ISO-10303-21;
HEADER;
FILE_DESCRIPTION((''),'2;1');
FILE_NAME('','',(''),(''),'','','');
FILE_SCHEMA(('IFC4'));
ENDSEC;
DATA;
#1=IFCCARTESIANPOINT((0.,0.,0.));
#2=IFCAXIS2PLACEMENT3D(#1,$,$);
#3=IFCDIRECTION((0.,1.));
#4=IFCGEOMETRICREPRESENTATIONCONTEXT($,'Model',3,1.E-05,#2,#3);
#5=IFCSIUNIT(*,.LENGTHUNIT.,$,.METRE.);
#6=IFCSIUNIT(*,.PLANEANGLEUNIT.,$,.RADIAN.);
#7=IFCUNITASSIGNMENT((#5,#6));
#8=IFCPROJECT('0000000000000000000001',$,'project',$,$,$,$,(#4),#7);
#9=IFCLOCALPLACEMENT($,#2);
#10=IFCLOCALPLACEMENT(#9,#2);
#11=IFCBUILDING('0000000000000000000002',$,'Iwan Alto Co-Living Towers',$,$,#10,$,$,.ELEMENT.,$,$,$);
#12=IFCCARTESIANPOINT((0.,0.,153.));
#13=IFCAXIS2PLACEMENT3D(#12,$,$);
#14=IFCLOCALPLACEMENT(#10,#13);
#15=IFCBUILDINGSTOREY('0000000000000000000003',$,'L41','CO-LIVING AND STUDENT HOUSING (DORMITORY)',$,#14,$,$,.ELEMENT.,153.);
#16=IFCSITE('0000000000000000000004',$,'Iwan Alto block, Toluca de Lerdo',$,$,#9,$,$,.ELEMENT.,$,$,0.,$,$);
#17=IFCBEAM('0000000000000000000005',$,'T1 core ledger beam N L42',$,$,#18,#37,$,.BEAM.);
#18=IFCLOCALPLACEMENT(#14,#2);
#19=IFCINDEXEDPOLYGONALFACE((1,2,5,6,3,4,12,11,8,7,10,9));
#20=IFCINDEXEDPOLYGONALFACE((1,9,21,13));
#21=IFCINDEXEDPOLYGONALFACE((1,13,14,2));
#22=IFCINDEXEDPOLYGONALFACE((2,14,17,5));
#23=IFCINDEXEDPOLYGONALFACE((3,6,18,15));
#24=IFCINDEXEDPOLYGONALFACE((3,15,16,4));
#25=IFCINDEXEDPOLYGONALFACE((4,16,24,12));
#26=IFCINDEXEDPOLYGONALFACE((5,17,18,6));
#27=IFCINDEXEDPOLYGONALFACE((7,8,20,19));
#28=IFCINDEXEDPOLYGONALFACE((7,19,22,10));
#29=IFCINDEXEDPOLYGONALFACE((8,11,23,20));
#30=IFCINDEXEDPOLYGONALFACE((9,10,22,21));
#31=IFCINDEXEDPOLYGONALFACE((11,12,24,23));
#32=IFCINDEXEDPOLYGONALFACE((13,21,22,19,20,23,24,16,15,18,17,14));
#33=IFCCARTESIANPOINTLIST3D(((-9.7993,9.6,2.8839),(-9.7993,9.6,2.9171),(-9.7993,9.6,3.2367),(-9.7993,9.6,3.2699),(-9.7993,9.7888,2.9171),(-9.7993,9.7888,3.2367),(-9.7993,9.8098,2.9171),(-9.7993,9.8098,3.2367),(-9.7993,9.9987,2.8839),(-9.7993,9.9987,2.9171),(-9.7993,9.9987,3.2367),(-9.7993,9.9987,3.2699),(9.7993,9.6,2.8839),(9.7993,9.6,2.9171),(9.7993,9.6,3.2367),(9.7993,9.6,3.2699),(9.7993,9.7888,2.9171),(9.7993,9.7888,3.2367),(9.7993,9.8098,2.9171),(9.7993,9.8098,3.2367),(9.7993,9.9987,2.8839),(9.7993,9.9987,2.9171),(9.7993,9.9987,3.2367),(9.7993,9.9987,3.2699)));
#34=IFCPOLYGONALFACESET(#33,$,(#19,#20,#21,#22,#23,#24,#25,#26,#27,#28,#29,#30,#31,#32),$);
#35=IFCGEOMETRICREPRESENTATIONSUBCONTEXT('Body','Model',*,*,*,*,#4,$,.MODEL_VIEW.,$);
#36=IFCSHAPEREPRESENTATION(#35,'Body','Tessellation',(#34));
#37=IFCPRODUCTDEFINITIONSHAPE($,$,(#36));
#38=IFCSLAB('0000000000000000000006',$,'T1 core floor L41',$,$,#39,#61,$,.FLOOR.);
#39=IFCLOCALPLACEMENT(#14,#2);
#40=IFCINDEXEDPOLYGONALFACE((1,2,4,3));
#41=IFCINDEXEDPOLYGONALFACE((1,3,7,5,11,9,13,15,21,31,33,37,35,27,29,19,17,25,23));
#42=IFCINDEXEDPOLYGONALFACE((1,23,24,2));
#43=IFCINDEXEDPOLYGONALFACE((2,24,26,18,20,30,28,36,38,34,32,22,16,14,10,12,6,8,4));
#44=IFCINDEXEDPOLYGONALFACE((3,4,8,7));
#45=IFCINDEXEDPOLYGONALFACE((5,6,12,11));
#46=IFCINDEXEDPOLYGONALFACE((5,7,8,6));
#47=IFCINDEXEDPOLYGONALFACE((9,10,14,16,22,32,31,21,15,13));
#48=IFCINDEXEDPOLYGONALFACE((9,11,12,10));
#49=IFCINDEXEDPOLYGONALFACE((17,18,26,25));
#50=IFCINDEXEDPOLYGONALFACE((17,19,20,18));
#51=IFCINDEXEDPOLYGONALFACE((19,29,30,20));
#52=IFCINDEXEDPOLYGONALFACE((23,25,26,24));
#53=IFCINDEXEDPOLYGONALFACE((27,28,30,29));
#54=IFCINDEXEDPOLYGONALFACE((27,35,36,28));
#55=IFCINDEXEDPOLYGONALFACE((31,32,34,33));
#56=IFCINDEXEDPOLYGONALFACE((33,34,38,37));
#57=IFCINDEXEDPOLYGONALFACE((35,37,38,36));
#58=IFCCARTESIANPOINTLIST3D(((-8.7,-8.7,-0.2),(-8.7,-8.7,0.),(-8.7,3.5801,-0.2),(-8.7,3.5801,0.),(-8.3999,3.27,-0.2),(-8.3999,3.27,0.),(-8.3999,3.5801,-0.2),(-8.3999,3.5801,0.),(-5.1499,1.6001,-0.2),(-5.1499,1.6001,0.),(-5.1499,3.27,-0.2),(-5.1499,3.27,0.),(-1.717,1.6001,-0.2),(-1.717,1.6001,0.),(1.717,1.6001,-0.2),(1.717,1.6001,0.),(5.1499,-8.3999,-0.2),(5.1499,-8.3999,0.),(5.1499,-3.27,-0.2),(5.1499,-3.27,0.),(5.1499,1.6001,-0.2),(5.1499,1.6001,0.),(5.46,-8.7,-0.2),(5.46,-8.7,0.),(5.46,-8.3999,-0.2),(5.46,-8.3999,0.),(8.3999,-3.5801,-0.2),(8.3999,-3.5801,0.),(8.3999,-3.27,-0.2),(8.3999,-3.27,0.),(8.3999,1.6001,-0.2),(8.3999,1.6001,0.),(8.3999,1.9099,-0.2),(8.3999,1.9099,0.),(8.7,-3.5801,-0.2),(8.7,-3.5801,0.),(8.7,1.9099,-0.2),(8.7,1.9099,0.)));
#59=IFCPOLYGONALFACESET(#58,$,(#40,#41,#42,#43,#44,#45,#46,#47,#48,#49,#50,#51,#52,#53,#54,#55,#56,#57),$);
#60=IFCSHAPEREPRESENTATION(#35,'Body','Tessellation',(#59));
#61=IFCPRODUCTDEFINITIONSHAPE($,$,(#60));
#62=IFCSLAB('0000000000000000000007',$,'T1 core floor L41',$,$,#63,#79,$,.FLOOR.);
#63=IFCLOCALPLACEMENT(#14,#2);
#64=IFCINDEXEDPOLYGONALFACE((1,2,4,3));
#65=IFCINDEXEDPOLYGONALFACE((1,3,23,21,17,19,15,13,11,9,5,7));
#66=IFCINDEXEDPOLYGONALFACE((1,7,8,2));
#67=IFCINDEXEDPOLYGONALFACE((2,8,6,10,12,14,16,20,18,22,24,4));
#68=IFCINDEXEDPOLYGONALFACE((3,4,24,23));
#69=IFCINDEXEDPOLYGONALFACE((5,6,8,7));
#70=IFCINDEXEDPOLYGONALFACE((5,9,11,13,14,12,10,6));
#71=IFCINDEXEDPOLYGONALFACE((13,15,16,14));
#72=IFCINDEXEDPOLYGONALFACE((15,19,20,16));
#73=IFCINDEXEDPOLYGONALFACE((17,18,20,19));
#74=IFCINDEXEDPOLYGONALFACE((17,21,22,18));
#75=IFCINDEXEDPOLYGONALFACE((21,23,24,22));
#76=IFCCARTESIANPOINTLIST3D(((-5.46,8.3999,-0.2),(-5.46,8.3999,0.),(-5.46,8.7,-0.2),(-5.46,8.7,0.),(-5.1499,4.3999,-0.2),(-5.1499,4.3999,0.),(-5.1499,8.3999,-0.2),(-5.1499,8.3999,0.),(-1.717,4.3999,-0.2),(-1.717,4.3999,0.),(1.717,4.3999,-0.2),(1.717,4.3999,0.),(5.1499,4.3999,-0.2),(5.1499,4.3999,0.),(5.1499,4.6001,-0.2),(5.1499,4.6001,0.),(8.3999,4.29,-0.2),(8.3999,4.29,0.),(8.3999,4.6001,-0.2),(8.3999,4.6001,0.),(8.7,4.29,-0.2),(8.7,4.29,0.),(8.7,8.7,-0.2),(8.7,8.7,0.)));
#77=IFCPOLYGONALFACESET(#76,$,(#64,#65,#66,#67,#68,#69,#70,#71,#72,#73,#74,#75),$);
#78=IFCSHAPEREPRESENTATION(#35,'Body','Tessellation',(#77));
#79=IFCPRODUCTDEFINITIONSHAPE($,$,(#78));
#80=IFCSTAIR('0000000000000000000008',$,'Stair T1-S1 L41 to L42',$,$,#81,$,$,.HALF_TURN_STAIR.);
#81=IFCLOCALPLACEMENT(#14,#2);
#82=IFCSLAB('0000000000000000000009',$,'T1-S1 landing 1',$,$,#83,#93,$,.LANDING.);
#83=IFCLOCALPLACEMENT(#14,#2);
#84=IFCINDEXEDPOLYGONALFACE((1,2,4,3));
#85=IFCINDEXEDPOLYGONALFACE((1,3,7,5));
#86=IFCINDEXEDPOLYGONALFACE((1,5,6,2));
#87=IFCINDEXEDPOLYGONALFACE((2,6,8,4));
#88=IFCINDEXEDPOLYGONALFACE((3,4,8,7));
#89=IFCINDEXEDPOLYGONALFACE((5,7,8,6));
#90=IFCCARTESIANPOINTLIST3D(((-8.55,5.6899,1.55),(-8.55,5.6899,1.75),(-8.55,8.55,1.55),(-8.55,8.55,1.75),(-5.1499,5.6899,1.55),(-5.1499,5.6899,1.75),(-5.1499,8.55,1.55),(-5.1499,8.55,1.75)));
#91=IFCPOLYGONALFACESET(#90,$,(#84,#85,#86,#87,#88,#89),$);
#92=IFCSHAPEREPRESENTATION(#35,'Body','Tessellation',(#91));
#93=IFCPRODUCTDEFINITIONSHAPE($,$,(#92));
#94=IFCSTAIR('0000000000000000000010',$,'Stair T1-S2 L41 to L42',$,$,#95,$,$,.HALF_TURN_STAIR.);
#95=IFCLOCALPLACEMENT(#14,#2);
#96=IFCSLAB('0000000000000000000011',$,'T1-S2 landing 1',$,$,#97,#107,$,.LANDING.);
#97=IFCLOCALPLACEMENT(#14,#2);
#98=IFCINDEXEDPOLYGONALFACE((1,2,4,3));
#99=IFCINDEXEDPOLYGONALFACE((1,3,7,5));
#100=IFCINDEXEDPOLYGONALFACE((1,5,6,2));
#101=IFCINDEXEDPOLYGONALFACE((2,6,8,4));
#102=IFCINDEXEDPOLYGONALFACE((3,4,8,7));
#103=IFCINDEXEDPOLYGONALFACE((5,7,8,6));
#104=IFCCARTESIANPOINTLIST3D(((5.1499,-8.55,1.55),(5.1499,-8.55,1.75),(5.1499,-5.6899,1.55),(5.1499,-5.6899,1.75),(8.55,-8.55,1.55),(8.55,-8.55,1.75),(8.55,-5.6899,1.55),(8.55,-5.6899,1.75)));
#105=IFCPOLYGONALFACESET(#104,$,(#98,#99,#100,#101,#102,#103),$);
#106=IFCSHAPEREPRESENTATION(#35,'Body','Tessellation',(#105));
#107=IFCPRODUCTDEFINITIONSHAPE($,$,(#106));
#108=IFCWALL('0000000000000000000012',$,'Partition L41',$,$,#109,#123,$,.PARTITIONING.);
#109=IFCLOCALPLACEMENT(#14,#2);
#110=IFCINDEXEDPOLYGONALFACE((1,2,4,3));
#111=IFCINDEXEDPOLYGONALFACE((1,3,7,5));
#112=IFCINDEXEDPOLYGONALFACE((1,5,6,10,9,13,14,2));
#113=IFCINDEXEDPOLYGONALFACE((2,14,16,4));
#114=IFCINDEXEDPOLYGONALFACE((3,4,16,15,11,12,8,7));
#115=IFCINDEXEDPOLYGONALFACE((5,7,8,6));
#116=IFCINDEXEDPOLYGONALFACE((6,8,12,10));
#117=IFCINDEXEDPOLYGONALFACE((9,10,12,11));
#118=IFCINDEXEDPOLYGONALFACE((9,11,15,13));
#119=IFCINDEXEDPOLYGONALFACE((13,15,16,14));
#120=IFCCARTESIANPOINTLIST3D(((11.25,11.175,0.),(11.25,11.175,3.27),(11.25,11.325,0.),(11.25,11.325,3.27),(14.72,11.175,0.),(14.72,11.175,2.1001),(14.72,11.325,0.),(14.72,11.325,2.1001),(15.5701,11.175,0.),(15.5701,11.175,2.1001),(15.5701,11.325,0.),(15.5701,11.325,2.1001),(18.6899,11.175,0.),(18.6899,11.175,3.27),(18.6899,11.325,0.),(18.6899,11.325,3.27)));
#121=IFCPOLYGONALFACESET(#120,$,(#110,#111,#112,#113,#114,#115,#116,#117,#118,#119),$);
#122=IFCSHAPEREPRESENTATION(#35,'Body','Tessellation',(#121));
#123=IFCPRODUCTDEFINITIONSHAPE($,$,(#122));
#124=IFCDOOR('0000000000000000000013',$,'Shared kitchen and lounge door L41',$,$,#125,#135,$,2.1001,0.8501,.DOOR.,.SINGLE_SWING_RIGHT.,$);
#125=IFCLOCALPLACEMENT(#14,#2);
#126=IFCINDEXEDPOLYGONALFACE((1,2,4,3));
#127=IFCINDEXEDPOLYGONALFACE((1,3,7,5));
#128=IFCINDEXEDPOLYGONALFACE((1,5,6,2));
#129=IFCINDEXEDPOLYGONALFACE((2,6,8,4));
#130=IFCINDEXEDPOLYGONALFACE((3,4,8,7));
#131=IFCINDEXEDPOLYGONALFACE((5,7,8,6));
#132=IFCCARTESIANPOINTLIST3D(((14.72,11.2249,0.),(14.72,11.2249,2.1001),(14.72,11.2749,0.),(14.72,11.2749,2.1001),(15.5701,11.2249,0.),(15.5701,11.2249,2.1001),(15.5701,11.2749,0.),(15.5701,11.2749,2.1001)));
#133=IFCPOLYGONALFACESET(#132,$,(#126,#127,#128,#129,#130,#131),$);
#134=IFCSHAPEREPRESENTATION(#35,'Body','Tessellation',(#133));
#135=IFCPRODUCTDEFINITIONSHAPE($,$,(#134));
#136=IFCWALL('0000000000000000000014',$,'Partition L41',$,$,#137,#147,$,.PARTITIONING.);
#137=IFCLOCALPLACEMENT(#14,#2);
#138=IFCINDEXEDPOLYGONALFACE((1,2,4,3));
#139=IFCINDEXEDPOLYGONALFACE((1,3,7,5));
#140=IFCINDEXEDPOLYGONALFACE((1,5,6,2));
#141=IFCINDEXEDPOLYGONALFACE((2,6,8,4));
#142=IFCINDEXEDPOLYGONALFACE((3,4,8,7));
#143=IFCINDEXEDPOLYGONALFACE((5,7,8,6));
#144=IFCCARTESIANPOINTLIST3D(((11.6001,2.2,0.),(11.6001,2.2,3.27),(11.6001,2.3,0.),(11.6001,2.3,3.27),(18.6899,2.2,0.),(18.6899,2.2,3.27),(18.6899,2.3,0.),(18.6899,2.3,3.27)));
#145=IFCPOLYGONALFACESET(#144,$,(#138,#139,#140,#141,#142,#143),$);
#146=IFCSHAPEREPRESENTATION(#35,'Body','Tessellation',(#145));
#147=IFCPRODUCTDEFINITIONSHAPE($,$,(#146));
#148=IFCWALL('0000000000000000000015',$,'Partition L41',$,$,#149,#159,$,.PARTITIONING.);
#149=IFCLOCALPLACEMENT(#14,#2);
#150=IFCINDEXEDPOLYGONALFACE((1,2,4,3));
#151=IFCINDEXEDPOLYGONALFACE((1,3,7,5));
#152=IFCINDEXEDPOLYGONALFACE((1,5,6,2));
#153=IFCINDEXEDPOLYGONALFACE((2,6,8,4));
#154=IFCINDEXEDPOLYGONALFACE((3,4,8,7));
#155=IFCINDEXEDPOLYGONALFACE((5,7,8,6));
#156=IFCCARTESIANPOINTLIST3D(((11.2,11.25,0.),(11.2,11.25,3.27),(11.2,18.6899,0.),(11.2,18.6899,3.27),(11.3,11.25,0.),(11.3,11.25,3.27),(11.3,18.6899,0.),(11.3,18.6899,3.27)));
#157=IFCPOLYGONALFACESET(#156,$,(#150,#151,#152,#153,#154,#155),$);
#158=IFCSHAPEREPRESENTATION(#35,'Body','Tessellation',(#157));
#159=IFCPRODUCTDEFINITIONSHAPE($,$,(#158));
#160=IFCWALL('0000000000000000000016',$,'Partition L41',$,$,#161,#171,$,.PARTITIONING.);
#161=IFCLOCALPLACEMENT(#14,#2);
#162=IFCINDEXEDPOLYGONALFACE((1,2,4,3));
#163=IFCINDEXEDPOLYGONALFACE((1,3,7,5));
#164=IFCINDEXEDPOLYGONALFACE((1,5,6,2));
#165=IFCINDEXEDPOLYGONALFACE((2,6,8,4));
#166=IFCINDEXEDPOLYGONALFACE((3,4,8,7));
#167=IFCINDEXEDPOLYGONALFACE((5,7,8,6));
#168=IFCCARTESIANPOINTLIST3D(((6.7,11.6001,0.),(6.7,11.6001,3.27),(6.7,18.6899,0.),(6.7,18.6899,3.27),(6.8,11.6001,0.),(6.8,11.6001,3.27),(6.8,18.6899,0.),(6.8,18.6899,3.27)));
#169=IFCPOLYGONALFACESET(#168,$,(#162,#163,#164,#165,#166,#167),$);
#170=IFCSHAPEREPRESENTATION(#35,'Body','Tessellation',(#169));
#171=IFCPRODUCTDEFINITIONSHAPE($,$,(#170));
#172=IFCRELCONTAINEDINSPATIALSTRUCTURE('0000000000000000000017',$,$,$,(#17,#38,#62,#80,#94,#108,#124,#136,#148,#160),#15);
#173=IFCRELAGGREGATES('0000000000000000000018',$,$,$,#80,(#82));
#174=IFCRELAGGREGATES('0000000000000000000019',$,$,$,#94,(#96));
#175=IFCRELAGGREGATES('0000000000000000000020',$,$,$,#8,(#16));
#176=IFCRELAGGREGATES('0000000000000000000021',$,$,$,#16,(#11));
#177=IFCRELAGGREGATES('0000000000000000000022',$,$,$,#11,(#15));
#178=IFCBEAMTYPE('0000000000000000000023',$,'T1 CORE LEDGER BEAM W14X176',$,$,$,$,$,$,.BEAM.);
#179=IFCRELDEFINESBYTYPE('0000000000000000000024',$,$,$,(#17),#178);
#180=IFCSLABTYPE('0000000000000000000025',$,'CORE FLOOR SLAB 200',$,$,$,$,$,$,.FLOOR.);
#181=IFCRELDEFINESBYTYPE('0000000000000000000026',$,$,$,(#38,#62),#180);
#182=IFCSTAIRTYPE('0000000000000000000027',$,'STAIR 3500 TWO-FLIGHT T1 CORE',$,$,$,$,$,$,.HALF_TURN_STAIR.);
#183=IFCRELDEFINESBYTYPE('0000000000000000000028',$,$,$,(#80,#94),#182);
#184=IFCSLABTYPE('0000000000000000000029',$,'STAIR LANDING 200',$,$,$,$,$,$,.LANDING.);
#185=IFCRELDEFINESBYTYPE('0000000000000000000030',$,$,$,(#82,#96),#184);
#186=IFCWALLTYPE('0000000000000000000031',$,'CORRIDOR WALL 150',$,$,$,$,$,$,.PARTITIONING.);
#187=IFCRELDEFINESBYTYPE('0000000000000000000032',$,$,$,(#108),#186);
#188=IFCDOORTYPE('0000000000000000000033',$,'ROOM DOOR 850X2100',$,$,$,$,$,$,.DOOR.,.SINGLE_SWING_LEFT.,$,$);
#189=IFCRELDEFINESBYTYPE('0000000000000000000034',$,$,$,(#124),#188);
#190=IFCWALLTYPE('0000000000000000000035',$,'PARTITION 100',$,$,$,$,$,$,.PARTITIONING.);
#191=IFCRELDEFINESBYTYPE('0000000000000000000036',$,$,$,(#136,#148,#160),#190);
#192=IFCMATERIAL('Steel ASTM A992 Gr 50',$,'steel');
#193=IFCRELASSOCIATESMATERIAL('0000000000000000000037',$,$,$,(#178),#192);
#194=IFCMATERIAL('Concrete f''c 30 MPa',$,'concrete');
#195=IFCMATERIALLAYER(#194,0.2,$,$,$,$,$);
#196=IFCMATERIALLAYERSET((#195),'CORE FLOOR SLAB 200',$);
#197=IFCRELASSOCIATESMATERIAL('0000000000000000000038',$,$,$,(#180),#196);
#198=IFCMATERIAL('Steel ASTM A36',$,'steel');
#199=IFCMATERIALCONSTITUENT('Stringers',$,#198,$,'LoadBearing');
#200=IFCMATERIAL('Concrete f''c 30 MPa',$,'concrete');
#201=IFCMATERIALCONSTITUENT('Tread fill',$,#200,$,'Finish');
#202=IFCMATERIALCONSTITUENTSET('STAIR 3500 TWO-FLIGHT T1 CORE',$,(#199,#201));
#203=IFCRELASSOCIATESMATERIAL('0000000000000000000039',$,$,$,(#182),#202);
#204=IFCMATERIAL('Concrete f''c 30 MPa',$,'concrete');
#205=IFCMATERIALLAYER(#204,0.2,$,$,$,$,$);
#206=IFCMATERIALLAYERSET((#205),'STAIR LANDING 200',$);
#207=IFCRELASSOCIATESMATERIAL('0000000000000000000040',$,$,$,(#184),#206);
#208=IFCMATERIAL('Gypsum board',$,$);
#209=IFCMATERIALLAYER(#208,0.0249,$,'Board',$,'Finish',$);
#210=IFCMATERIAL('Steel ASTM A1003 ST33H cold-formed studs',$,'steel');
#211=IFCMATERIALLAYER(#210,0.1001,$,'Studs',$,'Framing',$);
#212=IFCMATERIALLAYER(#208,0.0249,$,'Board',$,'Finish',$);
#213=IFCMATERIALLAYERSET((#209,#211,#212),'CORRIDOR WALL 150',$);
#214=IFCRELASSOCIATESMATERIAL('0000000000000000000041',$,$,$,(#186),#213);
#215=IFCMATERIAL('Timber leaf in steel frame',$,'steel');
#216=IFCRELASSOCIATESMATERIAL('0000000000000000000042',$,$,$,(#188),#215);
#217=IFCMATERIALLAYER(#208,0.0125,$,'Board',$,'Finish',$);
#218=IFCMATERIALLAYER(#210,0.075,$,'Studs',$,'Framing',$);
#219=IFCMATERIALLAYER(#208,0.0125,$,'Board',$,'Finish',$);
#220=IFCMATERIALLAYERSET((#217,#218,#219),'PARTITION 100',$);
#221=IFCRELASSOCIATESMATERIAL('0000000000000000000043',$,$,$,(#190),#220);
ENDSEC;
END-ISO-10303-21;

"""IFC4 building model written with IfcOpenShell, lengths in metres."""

from ifc_helpers import new_model, si_unit, direction, frame, frame_2d, origin, origin_2d, place, context, subcontext, project, spatial, polyline, rectangle, i_section, outline, extrude, material, layer, layer_set, constituent, constituent_set, material_profile, profile_set, type_object, element, fill, aggregate, save


model = new_model("IFC4")

# Units and contexts
model_context = context("Model", 3, precision=1e-05, world=origin(), true_north=direction((0.0, 1.0)))
body_context = subcontext(model_context, "Body", "Model", "MODEL_VIEW")
ifc_project = project(units=[si_unit("LENGTHUNIT", "METRE"), si_unit("PLANEANGLEUNIT", "RADIAN")], contexts=[model_context])

# Site, building, storey
site_placement = place(None, origin())
site = spatial("IfcSite", under=ifc_project, at=site_placement, Name="Iwan Alto block, Toluca de Lerdo", CompositionType="ELEMENT", RefElevation=0.0)
building_placement = place(site_placement, origin())
building = spatial("IfcBuilding", under=site, at=building_placement, Name="Iwan Alto Co-Living Towers", CompositionType="ELEMENT")
storey_placement = place(building_placement, frame((0.0, 0.0, 153.0)))
storey = spatial("IfcBuildingStorey", under=building, at=storey_placement, Name="L41", Description="CO-LIVING AND STUDENT HOUSING (DORMITORY)", CompositionType="ELEMENT", Elevation=153.0)

# Beam
ifc_material_1 = material(Name="Steel ASTM A992 Gr 50", Category="steel")
ifc_material_profile = material_profile(ifc_material_1, i_section(OverallWidth=0.3987, OverallDepth=0.386, WebThickness=0.021, FlangeThickness=0.0332, at=origin_2d()), Name="W14X176")
ifc_profile_set = profile_set([ifc_material_profile], Name="Steel ASTM A992 Gr 50")
beam_type = type_object("IfcBeamType", Name="T1 CORE LEDGER BEAM W14X176", PredefinedType="BEAM", material=ifc_profile_set)
beam_placement = place(storey_placement, frame((9.7993, 9.7993, 3.0769), z_axis=(-1.0, 0.0, 0.0), x_axis=(0.0, -1.0, 0.0)))
element("IfcBeam", 1, at=beam_placement, inside=storey, type_object=beam_type, Name="T1 core ledger beam N L42", PredefinedType="BEAM", context=body_context, shape_type="SweptSolid", body=[
    extrude(i_section(OverallWidth=0.3987, OverallDepth=0.386, WebThickness=0.021, FlangeThickness=0.0332, at=origin_2d()), origin(), (0.0, 0.0, 1.0), 19.5986),
])

# Slabs
ifc_material_2 = material(Name="Concrete f'c 30 MPa", Category="concrete")
ifc_layer_1 = layer(ifc_material_2, 0.2)
ifc_layer_set_1 = layer_set([ifc_layer_1], Name="CORE FLOOR SLAB 200")
slab_type_1 = type_object("IfcSlabType", Name="CORE FLOOR SLAB 200", PredefinedType="FLOOR", material=ifc_layer_set_1)
slab_1_placement = place(storey_placement, frame((0.0, 0.0, -0.2)))
element("IfcSlab", 2, at=slab_1_placement, inside=storey, type_object=slab_type_1, Name="T1 core floor L41", PredefinedType="FLOOR", context=body_context, shape_type="SweptSolid", body=[
    extrude(outline(polyline([(5.1499, -8.3999), (5.46, -8.3999), (5.46, -8.7), (-8.7, -8.7), (-8.7, 3.5801), (-8.3999, 3.5801), (-8.3999, 3.27), (-5.1499, 3.27), (-5.1499, 1.6001), (-1.717, 1.6001), (1.717, 1.6001), (5.1499, 1.6001), (8.3999, 1.6001), (8.3999, 1.9099), (8.7, 1.9099), (8.7, -3.5801), (8.3999, -3.5801), (8.3999, -3.27), (5.1499, -3.27), (5.1499, -8.3999)])), origin(), (0.0, 0.0, 1.0), 0.2),
])
slab_2_placement = place(storey_placement, frame((0.0, 0.0, -0.2)))
element("IfcSlab", 3, at=slab_2_placement, inside=storey, type_object=slab_type_1, Name="T1 core floor L41", PredefinedType="FLOOR", context=body_context, shape_type="SweptSolid", body=[
    extrude(outline(polyline([(1.717, 4.3999), (-1.717, 4.3999), (-5.1499, 4.3999), (-5.1499, 8.3999), (-5.46, 8.3999), (-5.46, 8.7), (8.7, 8.7), (8.7, 4.29), (8.3999, 4.29), (8.3999, 4.6001), (5.1499, 4.6001), (5.1499, 4.3999), (1.717, 4.3999)])), origin(), (0.0, 0.0, 1.0), 0.2),
])

# Stairs, slabs
ifc_material_3 = material(Name="Steel ASTM A36", Category="steel")
ifc_constituent_1 = constituent(ifc_material_3, Name="Stringers", Category="LoadBearing")
ifc_material_4 = material(Name="Concrete f'c 30 MPa", Category="concrete")
ifc_constituent_2 = constituent(ifc_material_4, Name="Tread fill", Category="Finish")
ifc_constituent_set = constituent_set(constituents=[ifc_constituent_1, ifc_constituent_2], Name="STAIR 3500 TWO-FLIGHT T1 CORE")
stair_type = type_object("IfcStairType", Name="STAIR 3500 TWO-FLIGHT T1 CORE", PredefinedType="HALF_TURN_STAIR", material=ifc_constituent_set)
stair_1_placement = place(storey_placement, origin())
stair_1 = element("IfcStair", 4, at=stair_1_placement, inside=storey, type_object=stair_type, Name="Stair T1-S1 L41 to L42", PredefinedType="HALF_TURN_STAIR")
ifc_material_5 = material(Name="Concrete f'c 30 MPa", Category="concrete")
ifc_layer_2 = layer(ifc_material_5, 0.2)
ifc_layer_set_2 = layer_set([ifc_layer_2], Name="STAIR LANDING 200")
slab_type_2 = type_object("IfcSlabType", Name="STAIR LANDING 200", PredefinedType="LANDING", material=ifc_layer_set_2)
slab_3_placement = place(storey_placement, frame((0.0, 0.0, 1.55)))
slab_3 = element("IfcSlab", 5, at=slab_3_placement, type_object=slab_type_2, Name="T1-S1 landing 1", PredefinedType="LANDING", context=body_context, shape_type="SweptSolid", body=[
    extrude(outline(polyline([(-8.55, 5.6899), (-8.55, 8.55), (-5.1499, 8.55), (-5.1499, 5.6899), (-8.55, 5.6899)])), origin(), (0.0, 0.0, 1.0), 0.2),
])
aggregate(stair_1, [slab_3])
stair_2_placement = place(storey_placement, origin())
stair_2 = element("IfcStair", 6, at=stair_2_placement, inside=storey, type_object=stair_type, Name="Stair T1-S2 L41 to L42", PredefinedType="HALF_TURN_STAIR")
slab_4_placement = place(storey_placement, frame((0.0, 0.0, 1.55)))
slab_4 = element("IfcSlab", 7, at=slab_4_placement, type_object=slab_type_2, Name="T1-S2 landing 1", PredefinedType="LANDING", context=body_context, shape_type="SweptSolid", body=[
    extrude(outline(polyline([(5.1499, -5.6899), (5.1499, -8.55), (8.55, -8.55), (8.55, -5.6899), (5.1499, -5.6899)])), origin(), (0.0, 0.0, 1.0), 0.2),
])
aggregate(stair_2, [slab_4])

# Wall, opening, door
ifc_material_6 = material(Name="Gypsum board")
ifc_layer_3 = layer(ifc_material_6, 0.0249, Name="Board", Category="Finish")
ifc_material_7 = material(Name="Steel ASTM A1003 ST33H cold-formed studs", Category="steel")
ifc_layer_4 = layer(ifc_material_7, 0.1001, Name="Studs", Category="Framing")
ifc_layer_5 = layer(ifc_material_6, 0.0249, Name="Board", Category="Finish")
ifc_layer_set_3 = layer_set([ifc_layer_3, ifc_layer_4, ifc_layer_5], Name="CORRIDOR WALL 150")
wall_type_1 = type_object("IfcWallType", Name="CORRIDOR WALL 150", PredefinedType="PARTITIONING", material=ifc_layer_set_3)
wall_1_placement = place(storey_placement, frame((11.25, 11.25, 0.0), z_axis=(0.0, 0.0, 1.0), x_axis=(1.0, 0.0, 0.0)))
wall_1 = element("IfcWall", 8, at=wall_1_placement, inside=storey, type_object=wall_type_1, Name="Partition L41", PredefinedType="PARTITIONING", context=body_context, shape_type="SweptSolid", body=[
    extrude(rectangle(XDim=7.4399, YDim=0.1499, at=frame_2d((3.72, 0.0))), origin(), (0.0, 0.0, 1.0), 3.27),
])
opening_1_placement = place(wall_1_placement, frame((3.47, 0.0, 0.0)))
opening_1 = element("IfcOpeningElement", 9, at=opening_1_placement, cuts=wall_1, PredefinedType="OPENING", context=body_context, shape_type="SweptSolid", body=[
    extrude(rectangle(XDim=0.8501, YDim=2.1001, at=frame_2d((0.425, 1.05))), frame((0.0, 0.085, 0.0), z_axis=(0.0, -1.0, 0.0), x_axis=(1.0, 0.0, 0.0)), (0.0, 0.0, 1.0), 0.1699),
])
ifc_material_8 = material(Name="Timber leaf in steel frame", Category="steel")
door_type_1 = type_object("IfcDoorType", Name="ROOM DOOR 850X2100", OperationType="SINGLE_SWING_LEFT", PredefinedType="DOOR", material=ifc_material_8)
door_1_placement = place(opening_1_placement, origin())
door_1 = element("IfcDoor", 10, at=door_1_placement, inside=storey, type_object=door_type_1, Name="Shared kitchen and lounge door L41", OperationType="SINGLE_SWING_RIGHT", OverallHeight=2.1001, OverallWidth=0.8501, PredefinedType="DOOR", context=body_context, shape_type="SweptSolid", body=[
    extrude(rectangle(XDim=0.8501, YDim=2.1001, at=frame_2d((0.425, 1.05))), frame((0.0, 0.0249, 0.0), z_axis=(0.0, -1.0, 0.0), x_axis=(1.0, 0.0, 0.0)), (0.0, 0.0, 1.0), 0.05),
])
fill(opening_1, door_1)

# Walls
ifc_layer_6 = layer(ifc_material_6, 0.0125, Name="Board", Category="Finish")
ifc_layer_7 = layer(ifc_material_7, 0.075, Name="Studs", Category="Framing")
ifc_layer_8 = layer(ifc_material_6, 0.0125, Name="Board", Category="Finish")
ifc_layer_set_4 = layer_set([ifc_layer_6, ifc_layer_7, ifc_layer_8], Name="PARTITION 100")
wall_type_2 = type_object("IfcWallType", Name="PARTITION 100", PredefinedType="PARTITIONING", material=ifc_layer_set_4)
wall_2_placement = place(storey_placement, frame((11.6001, 2.25, 0.0), z_axis=(0.0, 0.0, 1.0), x_axis=(1.0, 0.0, 0.0)))
element("IfcWall", 11, at=wall_2_placement, inside=storey, type_object=wall_type_2, Name="Partition L41", PredefinedType="PARTITIONING", context=body_context, shape_type="SweptSolid", body=[
    extrude(rectangle(XDim=7.0898, YDim=0.1001, at=frame_2d((3.5449, 0.0))), origin(), (0.0, 0.0, 1.0), 3.27),
])
wall_3_placement = place(storey_placement, frame((11.25, 11.25, 0.0), z_axis=(0.0, 0.0, 1.0), x_axis=(0.0, 1.0, 0.0)))
element("IfcWall", 12, at=wall_3_placement, inside=storey, type_object=wall_type_2, Name="Partition L41", PredefinedType="PARTITIONING", context=body_context, shape_type="SweptSolid", body=[
    extrude(rectangle(XDim=7.4399, YDim=0.1001, at=frame_2d((3.72, 0.0))), origin(), (0.0, 0.0, 1.0), 3.27),
])
for number, where, z_axis, x_axis, name in (
    (13, (6.75, 11.6001, 0.0), (0.0, 0.0, 1.0), (0.0, 1.0, 0.0), "Partition L41"),
):
    element("IfcWall", number, at=place(storey_placement, frame(where, z_axis=z_axis, x_axis=x_axis)), inside=storey, type_object=wall_type_2, Name=name, PredefinedType="PARTITIONING", context=body_context, shape_type="SweptSolid", body=[
        extrude(rectangle(XDim=7.0898, YDim=0.1001, at=frame_2d((3.5449, 0.0))), origin(), (0.0, 0.0, 1.0), 3.27),
    ])

save(model, "model.ifc")
